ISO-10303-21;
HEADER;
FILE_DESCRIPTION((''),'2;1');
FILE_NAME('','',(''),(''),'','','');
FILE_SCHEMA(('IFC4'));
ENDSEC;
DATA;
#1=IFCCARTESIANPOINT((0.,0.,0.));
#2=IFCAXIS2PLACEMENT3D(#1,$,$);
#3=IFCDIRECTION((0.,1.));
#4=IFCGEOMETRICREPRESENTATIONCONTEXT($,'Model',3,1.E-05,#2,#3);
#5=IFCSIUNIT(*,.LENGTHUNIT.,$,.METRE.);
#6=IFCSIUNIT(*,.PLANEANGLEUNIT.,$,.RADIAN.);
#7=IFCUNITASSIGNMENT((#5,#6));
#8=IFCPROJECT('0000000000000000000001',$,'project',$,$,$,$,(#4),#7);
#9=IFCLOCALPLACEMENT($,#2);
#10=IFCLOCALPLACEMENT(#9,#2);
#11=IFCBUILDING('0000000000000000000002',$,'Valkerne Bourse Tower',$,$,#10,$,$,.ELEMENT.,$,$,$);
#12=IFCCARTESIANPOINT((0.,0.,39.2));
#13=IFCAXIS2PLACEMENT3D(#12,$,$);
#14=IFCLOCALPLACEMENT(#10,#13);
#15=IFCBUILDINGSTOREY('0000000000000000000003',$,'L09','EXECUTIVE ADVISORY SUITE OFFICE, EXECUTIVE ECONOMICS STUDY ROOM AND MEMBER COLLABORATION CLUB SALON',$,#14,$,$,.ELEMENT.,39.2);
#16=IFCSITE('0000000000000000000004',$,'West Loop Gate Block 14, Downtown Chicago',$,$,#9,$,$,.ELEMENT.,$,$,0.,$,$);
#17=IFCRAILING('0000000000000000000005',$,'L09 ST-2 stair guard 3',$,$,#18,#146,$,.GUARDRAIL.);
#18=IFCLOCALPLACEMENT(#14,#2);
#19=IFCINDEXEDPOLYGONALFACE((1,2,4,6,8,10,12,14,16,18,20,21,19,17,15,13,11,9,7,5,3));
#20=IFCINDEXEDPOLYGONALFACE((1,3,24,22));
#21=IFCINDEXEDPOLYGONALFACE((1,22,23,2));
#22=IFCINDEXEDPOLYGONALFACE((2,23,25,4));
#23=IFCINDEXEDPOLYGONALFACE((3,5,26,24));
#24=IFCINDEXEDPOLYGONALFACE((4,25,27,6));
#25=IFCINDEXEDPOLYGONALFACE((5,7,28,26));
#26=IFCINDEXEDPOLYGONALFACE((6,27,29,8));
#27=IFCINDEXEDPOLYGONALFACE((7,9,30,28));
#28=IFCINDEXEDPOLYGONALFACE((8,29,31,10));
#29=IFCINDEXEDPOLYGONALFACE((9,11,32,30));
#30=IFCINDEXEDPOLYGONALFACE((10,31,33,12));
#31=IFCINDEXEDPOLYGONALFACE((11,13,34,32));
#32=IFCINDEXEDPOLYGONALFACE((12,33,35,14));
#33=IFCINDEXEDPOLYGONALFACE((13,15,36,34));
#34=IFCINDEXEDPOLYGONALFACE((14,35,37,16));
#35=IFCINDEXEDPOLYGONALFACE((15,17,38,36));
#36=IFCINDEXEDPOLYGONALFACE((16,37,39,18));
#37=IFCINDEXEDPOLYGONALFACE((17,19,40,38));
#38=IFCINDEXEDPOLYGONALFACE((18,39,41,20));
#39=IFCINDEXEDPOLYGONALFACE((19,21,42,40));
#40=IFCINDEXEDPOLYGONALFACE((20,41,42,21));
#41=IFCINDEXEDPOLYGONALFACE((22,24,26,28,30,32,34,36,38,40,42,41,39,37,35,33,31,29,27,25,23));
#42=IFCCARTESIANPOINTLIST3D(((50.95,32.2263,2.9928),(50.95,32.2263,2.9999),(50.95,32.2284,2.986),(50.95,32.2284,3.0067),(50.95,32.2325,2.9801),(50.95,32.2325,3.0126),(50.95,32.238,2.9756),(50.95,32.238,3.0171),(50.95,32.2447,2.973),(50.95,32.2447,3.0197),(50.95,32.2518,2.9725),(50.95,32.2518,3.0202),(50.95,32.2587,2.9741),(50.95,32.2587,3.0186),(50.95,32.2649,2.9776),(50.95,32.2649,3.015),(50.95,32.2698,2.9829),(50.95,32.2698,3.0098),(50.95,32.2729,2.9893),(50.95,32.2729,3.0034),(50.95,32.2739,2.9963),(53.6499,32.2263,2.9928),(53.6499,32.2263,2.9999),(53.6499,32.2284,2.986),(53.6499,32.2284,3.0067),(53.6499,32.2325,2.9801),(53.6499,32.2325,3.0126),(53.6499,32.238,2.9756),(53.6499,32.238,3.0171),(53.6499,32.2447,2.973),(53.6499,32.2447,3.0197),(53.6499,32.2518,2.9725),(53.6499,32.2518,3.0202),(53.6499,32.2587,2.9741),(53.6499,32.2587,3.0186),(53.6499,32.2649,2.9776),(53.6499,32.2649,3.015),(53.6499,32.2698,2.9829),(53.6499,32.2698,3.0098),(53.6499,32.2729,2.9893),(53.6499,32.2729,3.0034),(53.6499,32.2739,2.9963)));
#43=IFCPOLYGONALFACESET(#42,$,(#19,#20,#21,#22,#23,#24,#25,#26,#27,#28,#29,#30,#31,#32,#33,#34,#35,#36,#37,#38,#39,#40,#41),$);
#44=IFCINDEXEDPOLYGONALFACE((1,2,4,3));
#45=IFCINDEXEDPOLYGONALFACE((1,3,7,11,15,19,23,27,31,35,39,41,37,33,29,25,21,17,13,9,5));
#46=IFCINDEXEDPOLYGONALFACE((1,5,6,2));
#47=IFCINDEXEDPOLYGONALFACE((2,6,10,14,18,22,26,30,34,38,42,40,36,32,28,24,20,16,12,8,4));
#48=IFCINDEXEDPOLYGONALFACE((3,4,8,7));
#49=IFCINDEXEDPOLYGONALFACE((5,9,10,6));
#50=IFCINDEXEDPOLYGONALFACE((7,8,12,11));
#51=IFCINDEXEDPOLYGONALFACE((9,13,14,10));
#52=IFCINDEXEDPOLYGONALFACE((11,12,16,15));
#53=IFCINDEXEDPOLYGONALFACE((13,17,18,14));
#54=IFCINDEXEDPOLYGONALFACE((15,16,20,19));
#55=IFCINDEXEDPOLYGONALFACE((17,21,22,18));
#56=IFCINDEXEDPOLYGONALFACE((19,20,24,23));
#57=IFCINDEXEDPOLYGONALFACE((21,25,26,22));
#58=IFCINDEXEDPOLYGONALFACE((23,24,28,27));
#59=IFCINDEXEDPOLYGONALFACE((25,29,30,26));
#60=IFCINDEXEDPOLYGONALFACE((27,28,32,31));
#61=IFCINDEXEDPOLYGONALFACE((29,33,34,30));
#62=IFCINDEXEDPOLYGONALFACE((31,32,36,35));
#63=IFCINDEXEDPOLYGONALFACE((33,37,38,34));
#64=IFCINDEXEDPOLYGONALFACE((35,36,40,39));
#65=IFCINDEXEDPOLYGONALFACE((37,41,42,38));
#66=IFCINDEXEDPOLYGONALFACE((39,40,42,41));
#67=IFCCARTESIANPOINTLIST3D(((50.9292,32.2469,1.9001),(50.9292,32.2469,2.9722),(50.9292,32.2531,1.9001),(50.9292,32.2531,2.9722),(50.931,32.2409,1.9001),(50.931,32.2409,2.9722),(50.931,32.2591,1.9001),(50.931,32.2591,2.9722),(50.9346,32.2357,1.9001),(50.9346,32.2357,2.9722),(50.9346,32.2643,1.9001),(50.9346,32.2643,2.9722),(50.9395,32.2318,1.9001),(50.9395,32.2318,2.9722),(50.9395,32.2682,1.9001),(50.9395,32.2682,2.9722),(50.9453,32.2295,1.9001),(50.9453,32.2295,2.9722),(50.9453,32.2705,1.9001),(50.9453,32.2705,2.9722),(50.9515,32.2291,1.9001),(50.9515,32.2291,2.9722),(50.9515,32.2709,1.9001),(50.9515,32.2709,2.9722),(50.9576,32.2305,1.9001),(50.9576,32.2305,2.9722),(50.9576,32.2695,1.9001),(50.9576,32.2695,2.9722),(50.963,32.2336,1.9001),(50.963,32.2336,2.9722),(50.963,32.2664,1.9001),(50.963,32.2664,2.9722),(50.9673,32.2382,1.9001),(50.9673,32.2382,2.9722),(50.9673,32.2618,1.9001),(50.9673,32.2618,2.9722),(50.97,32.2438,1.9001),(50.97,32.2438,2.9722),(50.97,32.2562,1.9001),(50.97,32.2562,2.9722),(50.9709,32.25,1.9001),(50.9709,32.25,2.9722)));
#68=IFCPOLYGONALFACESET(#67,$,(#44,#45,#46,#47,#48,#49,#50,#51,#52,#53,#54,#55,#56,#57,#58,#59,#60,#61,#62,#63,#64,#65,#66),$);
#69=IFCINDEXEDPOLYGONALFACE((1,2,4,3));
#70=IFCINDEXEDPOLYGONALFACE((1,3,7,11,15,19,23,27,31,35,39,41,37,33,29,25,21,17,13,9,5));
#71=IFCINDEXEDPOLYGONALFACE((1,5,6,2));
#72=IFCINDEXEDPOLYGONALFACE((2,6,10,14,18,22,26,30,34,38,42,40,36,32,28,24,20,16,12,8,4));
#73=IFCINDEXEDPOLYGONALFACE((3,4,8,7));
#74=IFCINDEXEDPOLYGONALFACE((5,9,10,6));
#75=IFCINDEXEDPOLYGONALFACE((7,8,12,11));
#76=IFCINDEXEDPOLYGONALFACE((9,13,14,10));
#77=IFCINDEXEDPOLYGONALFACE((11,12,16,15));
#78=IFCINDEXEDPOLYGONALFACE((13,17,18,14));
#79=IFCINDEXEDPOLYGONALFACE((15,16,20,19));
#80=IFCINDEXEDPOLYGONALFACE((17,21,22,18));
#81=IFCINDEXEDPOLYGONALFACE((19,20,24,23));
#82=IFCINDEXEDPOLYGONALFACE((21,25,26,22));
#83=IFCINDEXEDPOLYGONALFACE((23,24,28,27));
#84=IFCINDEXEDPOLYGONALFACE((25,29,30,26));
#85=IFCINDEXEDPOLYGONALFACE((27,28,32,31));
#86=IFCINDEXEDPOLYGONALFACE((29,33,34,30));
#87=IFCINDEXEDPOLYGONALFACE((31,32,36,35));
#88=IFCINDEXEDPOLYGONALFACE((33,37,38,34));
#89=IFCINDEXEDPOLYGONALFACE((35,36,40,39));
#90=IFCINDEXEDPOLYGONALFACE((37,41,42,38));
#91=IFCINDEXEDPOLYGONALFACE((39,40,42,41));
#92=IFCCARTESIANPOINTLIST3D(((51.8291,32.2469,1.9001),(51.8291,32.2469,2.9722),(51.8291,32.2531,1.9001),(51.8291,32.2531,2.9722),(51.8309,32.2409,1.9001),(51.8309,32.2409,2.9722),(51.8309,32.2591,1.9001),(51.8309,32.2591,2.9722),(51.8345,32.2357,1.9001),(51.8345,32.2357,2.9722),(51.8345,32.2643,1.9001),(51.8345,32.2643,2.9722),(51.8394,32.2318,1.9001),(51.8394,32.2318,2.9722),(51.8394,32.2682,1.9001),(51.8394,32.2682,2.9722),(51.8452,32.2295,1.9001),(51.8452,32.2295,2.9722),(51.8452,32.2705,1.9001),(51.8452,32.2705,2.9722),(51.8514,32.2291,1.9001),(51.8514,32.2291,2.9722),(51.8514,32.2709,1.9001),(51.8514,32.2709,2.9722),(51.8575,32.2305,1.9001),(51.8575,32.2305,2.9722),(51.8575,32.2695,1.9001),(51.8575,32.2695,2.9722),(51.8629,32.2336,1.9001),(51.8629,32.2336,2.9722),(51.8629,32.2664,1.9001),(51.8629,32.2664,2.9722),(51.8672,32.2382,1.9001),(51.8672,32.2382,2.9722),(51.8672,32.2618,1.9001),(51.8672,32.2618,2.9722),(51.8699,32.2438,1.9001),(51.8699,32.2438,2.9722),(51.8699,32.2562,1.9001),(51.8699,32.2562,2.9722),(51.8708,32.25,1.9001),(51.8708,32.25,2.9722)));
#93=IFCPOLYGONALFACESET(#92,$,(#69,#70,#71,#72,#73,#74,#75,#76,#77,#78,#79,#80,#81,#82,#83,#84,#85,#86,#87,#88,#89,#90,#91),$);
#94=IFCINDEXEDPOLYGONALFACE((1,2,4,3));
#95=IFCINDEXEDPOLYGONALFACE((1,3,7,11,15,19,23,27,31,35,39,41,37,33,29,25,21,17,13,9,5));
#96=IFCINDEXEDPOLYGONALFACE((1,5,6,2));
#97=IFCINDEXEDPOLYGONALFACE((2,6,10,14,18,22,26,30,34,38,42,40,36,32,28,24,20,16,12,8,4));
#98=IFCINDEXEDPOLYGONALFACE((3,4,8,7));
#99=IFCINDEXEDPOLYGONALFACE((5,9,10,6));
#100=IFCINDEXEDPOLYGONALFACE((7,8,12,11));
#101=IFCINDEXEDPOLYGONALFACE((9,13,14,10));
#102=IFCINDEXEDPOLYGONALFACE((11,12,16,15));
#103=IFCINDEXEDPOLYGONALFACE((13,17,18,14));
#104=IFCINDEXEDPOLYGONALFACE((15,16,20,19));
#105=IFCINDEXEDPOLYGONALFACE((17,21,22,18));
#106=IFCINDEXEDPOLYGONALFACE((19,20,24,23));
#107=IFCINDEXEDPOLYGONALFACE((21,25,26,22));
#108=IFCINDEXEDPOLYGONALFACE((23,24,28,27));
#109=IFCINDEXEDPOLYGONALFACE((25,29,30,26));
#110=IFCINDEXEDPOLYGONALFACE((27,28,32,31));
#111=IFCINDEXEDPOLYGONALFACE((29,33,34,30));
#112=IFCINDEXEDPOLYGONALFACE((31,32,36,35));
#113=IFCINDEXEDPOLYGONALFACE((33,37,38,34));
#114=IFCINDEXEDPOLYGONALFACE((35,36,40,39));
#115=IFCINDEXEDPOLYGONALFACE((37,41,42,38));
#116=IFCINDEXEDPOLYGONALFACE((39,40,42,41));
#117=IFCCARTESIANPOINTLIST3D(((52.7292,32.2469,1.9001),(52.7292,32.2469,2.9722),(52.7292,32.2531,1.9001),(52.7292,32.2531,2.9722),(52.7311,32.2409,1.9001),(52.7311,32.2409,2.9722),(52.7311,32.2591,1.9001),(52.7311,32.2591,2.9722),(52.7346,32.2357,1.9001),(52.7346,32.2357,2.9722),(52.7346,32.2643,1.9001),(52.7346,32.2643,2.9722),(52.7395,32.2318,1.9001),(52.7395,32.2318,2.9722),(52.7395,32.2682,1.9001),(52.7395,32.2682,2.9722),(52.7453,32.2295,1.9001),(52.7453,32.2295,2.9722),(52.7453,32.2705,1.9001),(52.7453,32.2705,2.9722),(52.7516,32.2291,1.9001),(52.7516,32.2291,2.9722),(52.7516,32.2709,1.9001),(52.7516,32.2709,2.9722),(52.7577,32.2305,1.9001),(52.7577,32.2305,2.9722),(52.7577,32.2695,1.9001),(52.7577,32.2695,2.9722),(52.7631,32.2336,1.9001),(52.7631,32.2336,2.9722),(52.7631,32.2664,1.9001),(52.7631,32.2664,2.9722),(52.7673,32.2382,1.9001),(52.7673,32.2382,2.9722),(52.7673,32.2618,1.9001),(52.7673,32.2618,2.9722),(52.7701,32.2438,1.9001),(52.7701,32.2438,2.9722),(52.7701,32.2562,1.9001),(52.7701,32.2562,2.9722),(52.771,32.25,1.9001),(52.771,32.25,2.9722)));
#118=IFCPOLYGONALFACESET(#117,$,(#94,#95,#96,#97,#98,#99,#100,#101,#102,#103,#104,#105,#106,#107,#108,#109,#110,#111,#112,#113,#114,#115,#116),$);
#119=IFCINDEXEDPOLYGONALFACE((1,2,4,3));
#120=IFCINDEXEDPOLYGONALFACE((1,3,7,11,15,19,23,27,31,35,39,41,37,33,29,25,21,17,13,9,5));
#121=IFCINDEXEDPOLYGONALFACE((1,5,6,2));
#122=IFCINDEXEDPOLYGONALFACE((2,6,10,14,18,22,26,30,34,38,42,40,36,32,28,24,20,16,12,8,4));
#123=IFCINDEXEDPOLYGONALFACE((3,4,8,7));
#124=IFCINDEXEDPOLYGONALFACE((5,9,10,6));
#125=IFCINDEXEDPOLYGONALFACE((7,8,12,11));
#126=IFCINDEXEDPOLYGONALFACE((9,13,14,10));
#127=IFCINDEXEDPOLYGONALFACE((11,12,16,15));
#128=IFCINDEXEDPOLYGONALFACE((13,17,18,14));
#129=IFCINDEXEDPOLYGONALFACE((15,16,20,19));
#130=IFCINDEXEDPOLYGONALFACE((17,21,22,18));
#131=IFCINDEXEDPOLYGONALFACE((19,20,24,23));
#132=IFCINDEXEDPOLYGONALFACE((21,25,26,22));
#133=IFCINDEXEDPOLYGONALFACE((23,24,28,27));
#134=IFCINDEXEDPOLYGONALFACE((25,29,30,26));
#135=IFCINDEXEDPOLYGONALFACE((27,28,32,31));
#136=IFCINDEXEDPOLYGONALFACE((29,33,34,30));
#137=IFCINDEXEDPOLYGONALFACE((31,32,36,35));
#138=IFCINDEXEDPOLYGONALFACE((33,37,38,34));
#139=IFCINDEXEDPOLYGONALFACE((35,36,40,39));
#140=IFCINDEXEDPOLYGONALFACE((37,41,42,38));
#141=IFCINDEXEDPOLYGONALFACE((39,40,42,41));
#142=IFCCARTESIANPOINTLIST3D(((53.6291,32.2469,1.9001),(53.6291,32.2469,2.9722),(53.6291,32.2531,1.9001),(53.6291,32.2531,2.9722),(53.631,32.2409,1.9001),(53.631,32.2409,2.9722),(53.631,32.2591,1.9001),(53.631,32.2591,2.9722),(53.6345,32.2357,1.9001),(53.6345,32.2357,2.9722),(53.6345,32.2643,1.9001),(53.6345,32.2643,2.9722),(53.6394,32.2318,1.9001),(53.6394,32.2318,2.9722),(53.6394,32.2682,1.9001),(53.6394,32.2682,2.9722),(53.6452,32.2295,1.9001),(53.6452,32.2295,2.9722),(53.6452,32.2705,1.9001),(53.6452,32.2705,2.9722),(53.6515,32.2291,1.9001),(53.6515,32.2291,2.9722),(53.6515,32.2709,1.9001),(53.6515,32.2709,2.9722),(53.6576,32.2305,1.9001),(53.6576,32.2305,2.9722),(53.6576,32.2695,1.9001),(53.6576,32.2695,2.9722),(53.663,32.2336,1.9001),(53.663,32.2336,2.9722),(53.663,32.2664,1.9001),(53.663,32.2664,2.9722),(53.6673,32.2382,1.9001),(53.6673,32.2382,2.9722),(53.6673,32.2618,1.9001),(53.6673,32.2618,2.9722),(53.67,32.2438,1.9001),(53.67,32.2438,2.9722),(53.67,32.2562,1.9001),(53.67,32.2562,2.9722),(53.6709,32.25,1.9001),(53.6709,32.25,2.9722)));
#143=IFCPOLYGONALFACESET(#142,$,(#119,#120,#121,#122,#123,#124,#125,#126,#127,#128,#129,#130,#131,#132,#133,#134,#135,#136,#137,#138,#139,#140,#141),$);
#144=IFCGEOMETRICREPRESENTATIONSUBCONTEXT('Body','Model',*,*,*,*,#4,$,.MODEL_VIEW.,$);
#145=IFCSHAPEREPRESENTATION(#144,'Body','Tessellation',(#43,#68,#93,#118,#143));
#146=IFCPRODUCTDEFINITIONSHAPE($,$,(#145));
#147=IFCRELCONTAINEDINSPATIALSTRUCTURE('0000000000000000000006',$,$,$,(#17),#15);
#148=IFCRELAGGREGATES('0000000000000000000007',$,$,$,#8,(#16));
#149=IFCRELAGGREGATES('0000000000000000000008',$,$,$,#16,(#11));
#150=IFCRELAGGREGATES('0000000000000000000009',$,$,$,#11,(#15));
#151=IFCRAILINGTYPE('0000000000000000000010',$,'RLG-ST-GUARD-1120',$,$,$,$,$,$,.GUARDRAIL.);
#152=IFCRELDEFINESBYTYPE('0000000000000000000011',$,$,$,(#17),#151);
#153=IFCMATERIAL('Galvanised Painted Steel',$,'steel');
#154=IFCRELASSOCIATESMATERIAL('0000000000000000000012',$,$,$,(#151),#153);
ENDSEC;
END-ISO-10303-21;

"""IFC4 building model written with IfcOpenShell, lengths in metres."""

from ifc_helpers import new_model, si_unit, direction, frame, origin, origin_2d, place, context, subcontext, project, spatial, circle, extrude, material, type_object, element, save


model = new_model("IFC4")

# Units and contexts
model_context = context("Model", 3, precision=1e-05, world=origin(), true_north=direction((0.0, 1.0)))
body_context = subcontext(model_context, "Body", "Model", "MODEL_VIEW")
ifc_project = project(units=[si_unit("LENGTHUNIT", "METRE"), si_unit("PLANEANGLEUNIT", "RADIAN")], contexts=[model_context])

# Site, building, storey
site_placement = place(None, origin())
site = spatial("IfcSite", under=ifc_project, at=site_placement, Name="West Loop Gate Block 14, Downtown Chicago", CompositionType="ELEMENT", RefElevation=0.0)
building_placement = place(site_placement, origin())
building = spatial("IfcBuilding", under=site, at=building_placement, Name="Valkerne Bourse Tower", CompositionType="ELEMENT")
storey_placement = place(building_placement, frame((0.0, 0.0, 39.2)))
storey = spatial("IfcBuildingStorey", under=building, at=storey_placement, Name="L09", Description="EXECUTIVE ADVISORY SUITE OFFICE, EXECUTIVE ECONOMICS STUDY ROOM AND MEMBER COLLABORATION CLUB SALON", CompositionType="ELEMENT", Elevation=39.2)

# Shared definitions
ifc_material_1 = material(Name="Galvanised Painted Steel", Category="steel")

# Railing
railing_type_1 = type_object("IfcRailingType", Name="RLG-ST-GUARD-1120", PredefinedType="GUARDRAIL", material=ifc_material_1)
railing_1_placement = place(storey_placement, frame((50.95, 32.25, 1.9001)))
element("IfcRailing", 1, at=railing_1_placement, inside=storey, type_object=railing_type_1, Name="L09 ST-2 stair guard 3", PredefinedType="GUARDRAIL", context=body_context, shape_type="SweptSolid", body=[
    extrude(circle(Radius=0.0239, at=origin_2d()), frame((0.0, 0.0, 1.0962), z_axis=(1.0, 0.0, 0.0), x_axis=(0.0, 1.0, 0.0)), (0.0, 0.0, 1.0), 2.7),
    extrude(circle(Radius=0.021, at=origin_2d()), origin(), (0.0, 0.0, 1.0), 1.072),
    extrude(circle(Radius=0.021, at=origin_2d()), frame((0.8999, 0.0, 0.0)), (0.0, 0.0, 1.0), 1.072),
    extrude(circle(Radius=0.021, at=origin_2d()), frame((1.8, 0.0, 0.0)), (0.0, 0.0, 1.0), 1.072),
    extrude(circle(Radius=0.021, at=origin_2d()), frame((2.7, 0.0, 0.0)), (0.0, 0.0, 1.0), 1.072),
])

save(model, "model.ifc")
